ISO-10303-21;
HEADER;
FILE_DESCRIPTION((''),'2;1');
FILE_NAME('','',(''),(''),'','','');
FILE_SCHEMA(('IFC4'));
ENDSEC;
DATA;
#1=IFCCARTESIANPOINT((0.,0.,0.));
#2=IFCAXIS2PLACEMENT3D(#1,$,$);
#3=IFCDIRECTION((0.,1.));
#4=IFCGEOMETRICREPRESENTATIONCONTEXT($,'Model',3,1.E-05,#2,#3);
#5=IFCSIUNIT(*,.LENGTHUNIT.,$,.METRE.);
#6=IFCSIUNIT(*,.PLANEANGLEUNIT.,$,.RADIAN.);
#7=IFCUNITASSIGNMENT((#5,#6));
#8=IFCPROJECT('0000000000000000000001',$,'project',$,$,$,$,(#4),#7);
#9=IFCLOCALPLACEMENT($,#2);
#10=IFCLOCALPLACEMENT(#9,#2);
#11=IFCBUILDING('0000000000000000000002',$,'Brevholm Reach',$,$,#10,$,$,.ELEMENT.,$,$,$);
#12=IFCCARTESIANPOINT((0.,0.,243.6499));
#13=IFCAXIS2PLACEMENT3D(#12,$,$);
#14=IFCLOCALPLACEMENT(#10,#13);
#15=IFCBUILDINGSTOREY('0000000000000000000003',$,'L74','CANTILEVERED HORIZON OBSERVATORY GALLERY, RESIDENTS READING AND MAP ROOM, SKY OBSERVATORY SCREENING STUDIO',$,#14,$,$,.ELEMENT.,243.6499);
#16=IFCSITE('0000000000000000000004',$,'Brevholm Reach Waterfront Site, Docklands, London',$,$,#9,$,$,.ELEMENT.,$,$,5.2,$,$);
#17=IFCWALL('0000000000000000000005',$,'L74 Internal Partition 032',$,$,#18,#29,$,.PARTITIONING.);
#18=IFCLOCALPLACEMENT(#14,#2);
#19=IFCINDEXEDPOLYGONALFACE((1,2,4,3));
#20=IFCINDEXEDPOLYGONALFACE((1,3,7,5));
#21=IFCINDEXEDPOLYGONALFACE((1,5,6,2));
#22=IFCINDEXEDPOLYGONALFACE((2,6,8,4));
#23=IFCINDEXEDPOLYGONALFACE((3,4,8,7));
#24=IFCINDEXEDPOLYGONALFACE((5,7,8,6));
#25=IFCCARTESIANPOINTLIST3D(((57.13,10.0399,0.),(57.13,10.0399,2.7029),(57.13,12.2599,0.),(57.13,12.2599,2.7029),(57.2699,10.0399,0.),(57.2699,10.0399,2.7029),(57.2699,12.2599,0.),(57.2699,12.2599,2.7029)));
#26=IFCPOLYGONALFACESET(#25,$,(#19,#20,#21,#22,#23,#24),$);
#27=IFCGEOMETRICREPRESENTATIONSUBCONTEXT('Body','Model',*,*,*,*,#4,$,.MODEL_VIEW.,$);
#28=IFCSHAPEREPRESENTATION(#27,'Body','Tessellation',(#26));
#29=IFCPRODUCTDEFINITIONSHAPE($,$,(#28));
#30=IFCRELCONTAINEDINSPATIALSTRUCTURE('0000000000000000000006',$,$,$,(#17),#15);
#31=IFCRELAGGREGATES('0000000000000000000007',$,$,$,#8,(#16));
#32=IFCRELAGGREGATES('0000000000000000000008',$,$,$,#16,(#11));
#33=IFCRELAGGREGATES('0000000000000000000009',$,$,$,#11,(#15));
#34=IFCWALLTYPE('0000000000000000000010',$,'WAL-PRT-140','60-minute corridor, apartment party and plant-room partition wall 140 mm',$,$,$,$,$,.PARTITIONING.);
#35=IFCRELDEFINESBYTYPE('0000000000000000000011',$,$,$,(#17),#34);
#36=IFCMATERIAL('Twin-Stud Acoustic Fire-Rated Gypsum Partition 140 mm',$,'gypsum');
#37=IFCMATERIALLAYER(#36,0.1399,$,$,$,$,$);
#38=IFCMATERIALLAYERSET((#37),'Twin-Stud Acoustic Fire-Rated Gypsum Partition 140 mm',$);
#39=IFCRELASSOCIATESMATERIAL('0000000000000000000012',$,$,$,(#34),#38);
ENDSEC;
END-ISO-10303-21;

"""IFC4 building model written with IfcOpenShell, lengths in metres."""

from ifc_helpers import new_model, si_unit, direction, frame, frame_2d, origin, place, context, subcontext, project, spatial, rectangle, extrude, material, layer, layer_set, type_object, element, save


model = new_model("IFC4")

# Units and contexts
model_context = context("Model", 3, precision=1e-05, world=origin(), true_north=direction((0.0, 1.0)))
body_context = subcontext(model_context, "Body", "Model", "MODEL_VIEW")
ifc_project = project(units=[si_unit("LENGTHUNIT", "METRE"), si_unit("PLANEANGLEUNIT", "RADIAN")], contexts=[model_context])

# Site, building, storey
site_placement = place(None, origin())
site = spatial("IfcSite", under=ifc_project, at=site_placement, Name="Brevholm Reach Waterfront Site, Docklands, London", CompositionType="ELEMENT", RefElevation=5.2)
building_placement = place(site_placement, origin())
building = spatial("IfcBuilding", under=site, at=building_placement, Name="Brevholm Reach", CompositionType="ELEMENT")
storey_placement = place(building_placement, frame((0.0, 0.0, 243.6499)))
storey = spatial("IfcBuildingStorey", under=building, at=storey_placement, Name="L74", Description="CANTILEVERED HORIZON OBSERVATORY GALLERY, RESIDENTS READING AND MAP ROOM, SKY OBSERVATORY SCREENING STUDIO", CompositionType="ELEMENT", Elevation=243.6499)

# Shared definitions
ifc_material_1 = material(Name="Twin-Stud Acoustic Fire-Rated Gypsum Partition 140 mm", Category="gypsum")
ifc_layer_1 = layer(ifc_material_1, 0.1399)
ifc_layer_set_1 = layer_set([ifc_layer_1], Name="Twin-Stud Acoustic Fire-Rated Gypsum Partition 140 mm")
wall_type_1 = type_object("IfcWallType", Name="WAL-PRT-140", Description="60-minute corridor, apartment party and plant-room partition wall 140 mm", PredefinedType="PARTITIONING", material=ifc_layer_set_1)

# Wall
wall_1_placement = place(storey_placement, frame((57.2, 10.04, 0.0), z_axis=(0.0, 0.0, 1.0), x_axis=(0.0, 1.0, 0.0)))
element("IfcWall", 1, at=wall_1_placement, inside=storey, type_object=wall_type_1, Name="L74 Internal Partition 032", PredefinedType="PARTITIONING", context=body_context, shape_type="SweptSolid", body=[
    extrude(rectangle(XDim=2.22, YDim=0.1399, at=frame_2d((1.1099, 0.0))), origin(), (0.0, 0.0, 1.0), 2.7029),
])

save(model, "model.ifc")
